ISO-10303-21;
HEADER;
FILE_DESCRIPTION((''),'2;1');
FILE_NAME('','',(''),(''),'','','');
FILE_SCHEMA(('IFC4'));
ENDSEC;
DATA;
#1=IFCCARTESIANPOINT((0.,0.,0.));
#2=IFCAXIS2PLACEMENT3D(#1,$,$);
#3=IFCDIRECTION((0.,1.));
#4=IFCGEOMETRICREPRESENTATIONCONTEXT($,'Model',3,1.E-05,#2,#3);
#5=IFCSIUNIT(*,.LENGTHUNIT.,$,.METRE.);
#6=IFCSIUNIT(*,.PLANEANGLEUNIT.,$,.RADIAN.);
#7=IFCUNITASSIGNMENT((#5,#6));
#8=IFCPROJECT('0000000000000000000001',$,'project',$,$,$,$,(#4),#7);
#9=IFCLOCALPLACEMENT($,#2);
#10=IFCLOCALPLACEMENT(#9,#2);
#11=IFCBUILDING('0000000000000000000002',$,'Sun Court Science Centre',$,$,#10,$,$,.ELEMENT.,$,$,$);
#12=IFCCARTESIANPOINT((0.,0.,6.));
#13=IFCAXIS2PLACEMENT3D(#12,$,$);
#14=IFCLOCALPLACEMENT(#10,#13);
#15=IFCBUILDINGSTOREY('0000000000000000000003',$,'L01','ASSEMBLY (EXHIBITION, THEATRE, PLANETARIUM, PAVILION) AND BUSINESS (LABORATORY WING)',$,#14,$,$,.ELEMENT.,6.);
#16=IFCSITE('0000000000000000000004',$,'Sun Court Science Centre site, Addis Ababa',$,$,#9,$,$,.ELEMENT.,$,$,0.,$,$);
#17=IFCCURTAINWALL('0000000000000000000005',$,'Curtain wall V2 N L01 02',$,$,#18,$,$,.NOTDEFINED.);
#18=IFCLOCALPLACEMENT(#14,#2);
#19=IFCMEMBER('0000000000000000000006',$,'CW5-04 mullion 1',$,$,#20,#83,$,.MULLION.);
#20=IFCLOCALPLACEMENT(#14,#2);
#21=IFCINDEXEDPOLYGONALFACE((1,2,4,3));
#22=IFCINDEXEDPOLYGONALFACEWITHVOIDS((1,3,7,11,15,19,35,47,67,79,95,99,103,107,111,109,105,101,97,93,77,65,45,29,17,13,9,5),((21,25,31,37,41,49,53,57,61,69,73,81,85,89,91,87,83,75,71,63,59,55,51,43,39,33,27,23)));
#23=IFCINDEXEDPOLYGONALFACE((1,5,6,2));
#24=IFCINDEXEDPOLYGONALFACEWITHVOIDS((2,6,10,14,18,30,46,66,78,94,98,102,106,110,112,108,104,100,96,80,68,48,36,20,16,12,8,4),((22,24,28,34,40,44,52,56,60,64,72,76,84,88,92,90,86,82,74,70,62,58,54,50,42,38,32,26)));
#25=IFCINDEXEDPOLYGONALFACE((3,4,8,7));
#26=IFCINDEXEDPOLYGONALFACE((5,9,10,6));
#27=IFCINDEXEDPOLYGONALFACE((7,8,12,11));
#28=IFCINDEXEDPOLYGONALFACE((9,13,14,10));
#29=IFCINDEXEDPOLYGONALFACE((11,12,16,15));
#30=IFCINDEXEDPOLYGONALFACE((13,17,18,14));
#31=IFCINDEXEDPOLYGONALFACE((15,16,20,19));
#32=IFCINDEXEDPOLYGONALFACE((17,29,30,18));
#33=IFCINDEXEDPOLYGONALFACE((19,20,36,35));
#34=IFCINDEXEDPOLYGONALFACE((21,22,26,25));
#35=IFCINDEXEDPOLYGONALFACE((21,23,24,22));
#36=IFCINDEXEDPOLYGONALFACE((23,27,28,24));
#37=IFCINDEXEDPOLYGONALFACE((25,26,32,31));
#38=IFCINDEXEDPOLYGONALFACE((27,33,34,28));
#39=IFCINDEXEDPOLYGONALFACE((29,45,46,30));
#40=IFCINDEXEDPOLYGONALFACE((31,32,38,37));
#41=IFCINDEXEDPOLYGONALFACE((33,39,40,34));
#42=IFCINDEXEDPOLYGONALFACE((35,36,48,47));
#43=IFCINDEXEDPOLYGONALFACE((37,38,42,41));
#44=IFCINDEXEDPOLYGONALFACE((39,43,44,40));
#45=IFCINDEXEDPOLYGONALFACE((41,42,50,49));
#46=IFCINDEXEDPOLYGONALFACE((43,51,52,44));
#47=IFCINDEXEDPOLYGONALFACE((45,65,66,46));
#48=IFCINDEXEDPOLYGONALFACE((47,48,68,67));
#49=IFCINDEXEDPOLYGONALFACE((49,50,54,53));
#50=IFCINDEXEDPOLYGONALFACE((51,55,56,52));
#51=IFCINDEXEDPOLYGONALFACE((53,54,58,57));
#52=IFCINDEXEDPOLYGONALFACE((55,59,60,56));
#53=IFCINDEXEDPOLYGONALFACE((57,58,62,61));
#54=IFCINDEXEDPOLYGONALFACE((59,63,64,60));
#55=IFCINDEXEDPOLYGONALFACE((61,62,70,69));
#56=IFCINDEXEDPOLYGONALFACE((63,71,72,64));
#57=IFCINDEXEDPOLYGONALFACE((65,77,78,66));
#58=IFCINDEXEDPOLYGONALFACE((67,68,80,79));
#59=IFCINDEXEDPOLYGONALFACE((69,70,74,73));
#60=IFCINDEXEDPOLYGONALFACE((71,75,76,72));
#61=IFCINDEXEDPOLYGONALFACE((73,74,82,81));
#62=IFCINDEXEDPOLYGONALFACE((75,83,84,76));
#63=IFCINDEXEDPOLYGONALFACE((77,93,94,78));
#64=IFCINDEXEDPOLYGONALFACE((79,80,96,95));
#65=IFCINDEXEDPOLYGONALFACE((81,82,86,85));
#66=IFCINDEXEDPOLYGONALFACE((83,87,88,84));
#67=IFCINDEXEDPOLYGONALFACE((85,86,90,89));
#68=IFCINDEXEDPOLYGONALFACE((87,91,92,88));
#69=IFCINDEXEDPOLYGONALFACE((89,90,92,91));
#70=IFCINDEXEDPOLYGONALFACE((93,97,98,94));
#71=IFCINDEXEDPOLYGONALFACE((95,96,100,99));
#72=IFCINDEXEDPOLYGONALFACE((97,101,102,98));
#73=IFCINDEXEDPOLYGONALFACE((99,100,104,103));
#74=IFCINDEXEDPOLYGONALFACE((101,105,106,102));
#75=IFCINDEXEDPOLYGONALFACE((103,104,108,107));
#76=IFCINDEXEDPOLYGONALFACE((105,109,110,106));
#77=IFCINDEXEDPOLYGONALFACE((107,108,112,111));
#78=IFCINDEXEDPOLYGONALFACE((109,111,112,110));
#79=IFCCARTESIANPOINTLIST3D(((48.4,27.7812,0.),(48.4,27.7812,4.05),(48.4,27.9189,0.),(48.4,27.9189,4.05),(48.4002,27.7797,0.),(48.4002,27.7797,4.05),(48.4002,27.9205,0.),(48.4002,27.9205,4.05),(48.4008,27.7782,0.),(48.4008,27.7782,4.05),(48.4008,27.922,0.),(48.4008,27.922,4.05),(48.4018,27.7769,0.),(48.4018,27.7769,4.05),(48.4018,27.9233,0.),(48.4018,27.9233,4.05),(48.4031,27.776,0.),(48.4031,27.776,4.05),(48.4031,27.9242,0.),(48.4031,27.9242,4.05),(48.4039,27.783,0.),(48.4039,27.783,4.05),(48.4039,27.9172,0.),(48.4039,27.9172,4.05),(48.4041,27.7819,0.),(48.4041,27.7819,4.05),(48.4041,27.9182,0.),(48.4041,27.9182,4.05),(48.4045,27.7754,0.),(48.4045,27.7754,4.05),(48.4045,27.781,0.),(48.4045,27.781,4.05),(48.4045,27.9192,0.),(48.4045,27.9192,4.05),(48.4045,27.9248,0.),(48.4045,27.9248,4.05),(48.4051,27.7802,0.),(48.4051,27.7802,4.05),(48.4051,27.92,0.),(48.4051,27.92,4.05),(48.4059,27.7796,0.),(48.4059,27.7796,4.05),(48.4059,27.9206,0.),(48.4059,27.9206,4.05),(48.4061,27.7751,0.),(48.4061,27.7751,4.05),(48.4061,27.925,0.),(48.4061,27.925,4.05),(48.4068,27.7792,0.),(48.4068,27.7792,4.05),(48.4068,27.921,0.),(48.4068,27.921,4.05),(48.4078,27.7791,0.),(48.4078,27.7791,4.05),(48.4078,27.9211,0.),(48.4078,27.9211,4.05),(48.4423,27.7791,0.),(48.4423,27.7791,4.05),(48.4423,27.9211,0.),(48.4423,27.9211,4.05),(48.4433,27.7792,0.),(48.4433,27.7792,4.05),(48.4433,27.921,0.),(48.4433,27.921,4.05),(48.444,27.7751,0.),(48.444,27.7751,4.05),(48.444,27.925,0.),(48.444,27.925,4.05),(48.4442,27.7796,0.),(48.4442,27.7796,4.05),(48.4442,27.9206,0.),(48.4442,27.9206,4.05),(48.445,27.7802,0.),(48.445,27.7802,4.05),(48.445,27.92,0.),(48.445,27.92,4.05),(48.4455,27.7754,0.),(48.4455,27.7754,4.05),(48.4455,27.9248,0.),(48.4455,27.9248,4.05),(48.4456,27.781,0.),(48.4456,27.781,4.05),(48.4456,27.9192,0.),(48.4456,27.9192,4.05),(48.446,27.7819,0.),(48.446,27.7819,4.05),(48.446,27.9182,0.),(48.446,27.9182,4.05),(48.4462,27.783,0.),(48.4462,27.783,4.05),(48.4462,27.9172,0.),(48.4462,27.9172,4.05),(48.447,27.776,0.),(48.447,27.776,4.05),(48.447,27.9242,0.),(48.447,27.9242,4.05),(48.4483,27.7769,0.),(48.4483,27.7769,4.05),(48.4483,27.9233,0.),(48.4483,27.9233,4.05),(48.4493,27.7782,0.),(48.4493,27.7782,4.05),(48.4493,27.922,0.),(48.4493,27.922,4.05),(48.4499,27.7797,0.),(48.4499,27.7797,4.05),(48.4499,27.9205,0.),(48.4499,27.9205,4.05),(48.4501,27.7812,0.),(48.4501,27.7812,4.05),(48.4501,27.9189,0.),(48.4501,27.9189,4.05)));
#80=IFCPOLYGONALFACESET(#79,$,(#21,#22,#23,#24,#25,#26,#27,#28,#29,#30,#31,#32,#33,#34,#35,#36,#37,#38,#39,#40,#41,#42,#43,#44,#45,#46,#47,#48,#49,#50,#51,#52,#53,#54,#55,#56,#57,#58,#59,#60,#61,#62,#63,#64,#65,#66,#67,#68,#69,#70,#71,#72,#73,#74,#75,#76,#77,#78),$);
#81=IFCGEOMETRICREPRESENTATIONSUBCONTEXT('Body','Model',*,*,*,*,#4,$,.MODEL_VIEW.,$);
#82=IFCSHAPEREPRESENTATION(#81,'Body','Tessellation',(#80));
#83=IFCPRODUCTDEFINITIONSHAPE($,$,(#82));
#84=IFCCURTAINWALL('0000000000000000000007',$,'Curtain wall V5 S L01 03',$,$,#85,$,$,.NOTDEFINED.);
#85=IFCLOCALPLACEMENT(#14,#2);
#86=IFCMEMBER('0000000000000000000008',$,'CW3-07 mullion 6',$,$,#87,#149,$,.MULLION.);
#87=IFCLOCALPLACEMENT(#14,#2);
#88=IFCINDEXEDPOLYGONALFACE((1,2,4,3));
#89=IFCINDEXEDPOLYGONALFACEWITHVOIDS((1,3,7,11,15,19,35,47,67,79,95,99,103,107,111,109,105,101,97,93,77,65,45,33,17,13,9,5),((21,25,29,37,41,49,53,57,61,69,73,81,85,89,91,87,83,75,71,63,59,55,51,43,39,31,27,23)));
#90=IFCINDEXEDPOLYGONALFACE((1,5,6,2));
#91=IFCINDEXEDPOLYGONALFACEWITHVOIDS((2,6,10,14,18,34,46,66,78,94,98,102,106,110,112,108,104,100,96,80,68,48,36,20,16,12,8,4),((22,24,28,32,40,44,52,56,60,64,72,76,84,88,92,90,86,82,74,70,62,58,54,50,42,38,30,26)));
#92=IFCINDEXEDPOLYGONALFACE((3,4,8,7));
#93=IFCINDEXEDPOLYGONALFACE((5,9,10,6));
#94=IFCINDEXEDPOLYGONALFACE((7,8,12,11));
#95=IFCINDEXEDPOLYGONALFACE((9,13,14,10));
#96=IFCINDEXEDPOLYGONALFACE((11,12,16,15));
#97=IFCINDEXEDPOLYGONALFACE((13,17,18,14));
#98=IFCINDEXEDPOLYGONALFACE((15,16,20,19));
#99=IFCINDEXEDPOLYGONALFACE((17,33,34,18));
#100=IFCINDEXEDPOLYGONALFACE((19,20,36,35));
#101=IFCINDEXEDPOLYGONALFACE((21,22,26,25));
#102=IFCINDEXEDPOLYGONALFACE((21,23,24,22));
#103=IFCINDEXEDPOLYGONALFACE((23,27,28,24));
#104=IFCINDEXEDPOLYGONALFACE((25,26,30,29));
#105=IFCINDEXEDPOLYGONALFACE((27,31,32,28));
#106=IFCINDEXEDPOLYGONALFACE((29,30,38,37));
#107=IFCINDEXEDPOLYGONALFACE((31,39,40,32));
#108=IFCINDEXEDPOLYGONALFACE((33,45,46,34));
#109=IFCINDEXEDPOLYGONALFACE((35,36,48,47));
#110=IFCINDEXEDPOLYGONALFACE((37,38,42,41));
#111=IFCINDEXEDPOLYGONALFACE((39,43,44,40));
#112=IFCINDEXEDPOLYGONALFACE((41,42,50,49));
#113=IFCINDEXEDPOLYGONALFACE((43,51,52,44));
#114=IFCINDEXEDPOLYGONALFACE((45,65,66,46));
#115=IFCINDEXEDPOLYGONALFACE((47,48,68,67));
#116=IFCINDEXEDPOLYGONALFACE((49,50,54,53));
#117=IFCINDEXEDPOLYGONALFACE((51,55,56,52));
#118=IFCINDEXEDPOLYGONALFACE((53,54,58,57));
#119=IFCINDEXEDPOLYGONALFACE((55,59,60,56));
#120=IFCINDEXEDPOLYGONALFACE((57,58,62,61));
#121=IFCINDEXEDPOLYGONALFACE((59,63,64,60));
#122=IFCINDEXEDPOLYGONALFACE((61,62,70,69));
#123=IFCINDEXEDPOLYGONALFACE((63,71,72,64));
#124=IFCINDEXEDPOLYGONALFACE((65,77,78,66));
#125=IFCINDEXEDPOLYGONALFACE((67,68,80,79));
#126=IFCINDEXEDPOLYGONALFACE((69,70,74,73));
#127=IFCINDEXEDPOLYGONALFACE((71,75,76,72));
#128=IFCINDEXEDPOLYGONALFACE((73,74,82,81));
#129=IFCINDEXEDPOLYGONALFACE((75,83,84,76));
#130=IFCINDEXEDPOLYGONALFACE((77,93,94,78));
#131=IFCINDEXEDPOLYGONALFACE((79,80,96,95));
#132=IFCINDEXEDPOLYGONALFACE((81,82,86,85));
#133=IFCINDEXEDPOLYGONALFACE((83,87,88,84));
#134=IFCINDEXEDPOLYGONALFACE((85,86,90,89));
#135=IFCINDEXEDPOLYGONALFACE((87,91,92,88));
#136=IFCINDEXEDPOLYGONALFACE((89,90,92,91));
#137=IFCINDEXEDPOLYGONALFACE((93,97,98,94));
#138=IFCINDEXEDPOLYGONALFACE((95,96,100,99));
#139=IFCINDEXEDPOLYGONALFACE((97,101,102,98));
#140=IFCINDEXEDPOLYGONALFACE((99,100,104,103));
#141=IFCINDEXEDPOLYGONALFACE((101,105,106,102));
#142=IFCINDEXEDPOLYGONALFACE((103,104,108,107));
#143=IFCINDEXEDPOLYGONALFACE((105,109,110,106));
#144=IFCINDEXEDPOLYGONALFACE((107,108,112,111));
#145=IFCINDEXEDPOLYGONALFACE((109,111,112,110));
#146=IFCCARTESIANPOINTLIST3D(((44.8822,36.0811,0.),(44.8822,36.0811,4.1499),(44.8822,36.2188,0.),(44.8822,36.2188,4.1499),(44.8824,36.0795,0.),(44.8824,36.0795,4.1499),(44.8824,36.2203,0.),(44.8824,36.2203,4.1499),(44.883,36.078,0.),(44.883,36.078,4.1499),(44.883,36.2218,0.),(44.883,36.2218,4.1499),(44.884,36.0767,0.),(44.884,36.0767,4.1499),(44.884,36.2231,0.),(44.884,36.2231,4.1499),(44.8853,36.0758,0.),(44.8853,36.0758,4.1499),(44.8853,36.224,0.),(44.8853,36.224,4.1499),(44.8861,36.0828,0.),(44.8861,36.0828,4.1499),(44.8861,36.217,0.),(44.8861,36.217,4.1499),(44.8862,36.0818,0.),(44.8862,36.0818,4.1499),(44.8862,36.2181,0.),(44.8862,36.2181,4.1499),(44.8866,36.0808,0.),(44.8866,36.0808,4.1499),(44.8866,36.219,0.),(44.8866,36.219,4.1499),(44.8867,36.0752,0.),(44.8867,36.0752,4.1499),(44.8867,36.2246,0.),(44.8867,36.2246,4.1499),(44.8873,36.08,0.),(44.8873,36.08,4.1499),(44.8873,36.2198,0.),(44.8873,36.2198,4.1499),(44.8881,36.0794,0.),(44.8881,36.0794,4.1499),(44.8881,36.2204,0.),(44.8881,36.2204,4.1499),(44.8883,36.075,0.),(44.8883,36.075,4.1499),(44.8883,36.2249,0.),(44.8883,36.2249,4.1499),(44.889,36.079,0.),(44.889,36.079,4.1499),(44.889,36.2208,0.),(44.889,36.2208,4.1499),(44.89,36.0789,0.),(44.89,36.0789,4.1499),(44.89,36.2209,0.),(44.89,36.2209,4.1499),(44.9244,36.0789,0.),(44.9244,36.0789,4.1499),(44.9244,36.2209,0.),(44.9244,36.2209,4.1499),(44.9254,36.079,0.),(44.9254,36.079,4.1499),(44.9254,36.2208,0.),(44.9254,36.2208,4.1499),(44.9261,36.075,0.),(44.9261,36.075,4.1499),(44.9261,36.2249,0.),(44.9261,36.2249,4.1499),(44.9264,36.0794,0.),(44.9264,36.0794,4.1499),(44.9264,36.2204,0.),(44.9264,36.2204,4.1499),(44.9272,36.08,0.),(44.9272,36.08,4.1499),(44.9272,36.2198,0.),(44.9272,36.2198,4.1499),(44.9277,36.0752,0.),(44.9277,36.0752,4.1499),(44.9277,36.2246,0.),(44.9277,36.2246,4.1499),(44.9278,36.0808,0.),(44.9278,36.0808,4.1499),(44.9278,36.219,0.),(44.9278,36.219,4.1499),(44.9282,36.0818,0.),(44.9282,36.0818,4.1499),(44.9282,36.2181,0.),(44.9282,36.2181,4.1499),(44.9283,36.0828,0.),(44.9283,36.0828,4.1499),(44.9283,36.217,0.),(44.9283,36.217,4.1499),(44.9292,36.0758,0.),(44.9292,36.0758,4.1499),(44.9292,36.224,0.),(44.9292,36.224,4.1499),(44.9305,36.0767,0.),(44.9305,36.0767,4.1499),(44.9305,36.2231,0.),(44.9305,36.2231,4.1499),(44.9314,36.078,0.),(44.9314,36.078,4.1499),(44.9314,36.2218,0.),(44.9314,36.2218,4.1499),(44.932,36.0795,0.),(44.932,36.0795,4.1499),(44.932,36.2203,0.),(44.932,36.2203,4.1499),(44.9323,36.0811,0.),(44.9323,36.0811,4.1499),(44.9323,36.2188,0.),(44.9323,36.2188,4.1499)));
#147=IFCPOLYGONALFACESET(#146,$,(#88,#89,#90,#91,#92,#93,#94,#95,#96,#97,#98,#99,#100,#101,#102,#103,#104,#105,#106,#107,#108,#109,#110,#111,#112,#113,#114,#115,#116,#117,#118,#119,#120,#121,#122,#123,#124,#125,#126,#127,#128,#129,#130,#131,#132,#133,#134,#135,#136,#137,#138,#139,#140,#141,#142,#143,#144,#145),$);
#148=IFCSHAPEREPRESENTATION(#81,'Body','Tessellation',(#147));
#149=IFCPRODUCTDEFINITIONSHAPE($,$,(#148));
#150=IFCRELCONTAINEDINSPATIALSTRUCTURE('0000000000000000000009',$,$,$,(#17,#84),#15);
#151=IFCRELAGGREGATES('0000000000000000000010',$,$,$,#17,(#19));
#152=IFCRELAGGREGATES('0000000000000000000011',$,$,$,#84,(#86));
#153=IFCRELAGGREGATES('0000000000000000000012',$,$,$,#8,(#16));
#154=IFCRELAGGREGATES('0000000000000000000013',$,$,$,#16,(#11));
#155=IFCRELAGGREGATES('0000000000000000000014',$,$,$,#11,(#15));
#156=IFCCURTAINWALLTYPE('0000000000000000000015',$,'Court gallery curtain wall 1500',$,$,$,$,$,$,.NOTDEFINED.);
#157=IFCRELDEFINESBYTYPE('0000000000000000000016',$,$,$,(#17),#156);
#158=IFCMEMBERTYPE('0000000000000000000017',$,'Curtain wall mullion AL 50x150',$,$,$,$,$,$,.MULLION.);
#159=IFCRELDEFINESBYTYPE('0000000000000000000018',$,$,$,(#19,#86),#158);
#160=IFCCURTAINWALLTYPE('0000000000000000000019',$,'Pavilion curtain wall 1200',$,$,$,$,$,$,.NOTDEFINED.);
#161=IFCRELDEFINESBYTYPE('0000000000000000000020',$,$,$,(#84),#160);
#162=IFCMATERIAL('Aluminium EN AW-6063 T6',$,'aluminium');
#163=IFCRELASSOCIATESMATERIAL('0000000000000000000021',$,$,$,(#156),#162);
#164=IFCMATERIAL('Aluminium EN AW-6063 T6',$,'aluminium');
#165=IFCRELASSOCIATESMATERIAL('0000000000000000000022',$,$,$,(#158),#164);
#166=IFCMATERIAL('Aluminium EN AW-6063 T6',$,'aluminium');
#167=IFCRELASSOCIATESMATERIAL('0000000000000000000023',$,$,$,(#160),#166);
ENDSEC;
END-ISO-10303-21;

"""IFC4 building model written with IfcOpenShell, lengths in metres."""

from ifc_helpers import new_model, si_unit, direction, frame, origin, origin_2d, place, context, subcontext, project, spatial, hollow_rectangle, extrude, material, material_profile, profile_set, type_object, element, aggregate, save


model = new_model("IFC4")

# Units and contexts
model_context = context("Model", 3, precision=1e-05, world=origin(), true_north=direction((0.0, 1.0)))
body_context = subcontext(model_context, "Body", "Model", "MODEL_VIEW")
ifc_project = project(units=[si_unit("LENGTHUNIT", "METRE"), si_unit("PLANEANGLEUNIT", "RADIAN")], contexts=[model_context])

# Site, building, storey
site_placement = place(None, origin())
site = spatial("IfcSite", under=ifc_project, at=site_placement, Name="Sun Court Science Centre site, Addis Ababa", CompositionType="ELEMENT", RefElevation=0.0)
building_placement = place(site_placement, origin())
building = spatial("IfcBuilding", under=site, at=building_placement, Name="Sun Court Science Centre", CompositionType="ELEMENT")
storey_placement = place(building_placement, frame((0.0, 0.0, 6.0)))
storey = spatial("IfcBuildingStorey", under=building, at=storey_placement, Name="L01", Description="ASSEMBLY (EXHIBITION, THEATRE, PLANETARIUM, PAVILION) AND BUSINESS (LABORATORY WING)", CompositionType="ELEMENT", Elevation=6.0)

# Curtain wall, member
ifc_material_1 = material(Name="Aluminium EN AW-6063 T6", Category="aluminium")
curtain_wall_type_1 = type_object("IfcCurtainWallType", Name="Court gallery curtain wall 1500", PredefinedType="NOTDEFINED", material=ifc_material_1)
curtain_wall_1_placement = place(storey_placement, origin())
curtain_wall_1 = element("IfcCurtainWall", 1, at=curtain_wall_1_placement, inside=storey, type_object=curtain_wall_type_1, Name="Curtain wall V2 N L01 02", PredefinedType="NOTDEFINED")
ifc_material_2 = material(Name="Aluminium EN AW-6063 T6", Category="aluminium")
ifc_material_profile_1 = material_profile(ifc_material_2, hollow_rectangle(XDim=0.05, YDim=0.1499, WallThickness=0.0039, InnerFilletRadius=0.0039, OuterFilletRadius=0.0061, at=origin_2d()), Name="AL 50x150x4")
ifc_profile_set_1 = profile_set([ifc_material_profile_1], Name="Aluminium EN AW-6063 T6")
member_type_1 = type_object("IfcMemberType", Name="Curtain wall mullion AL 50x150", PredefinedType="MULLION", material=ifc_profile_set_1)
member_1_placement = place(storey_placement, frame((48.425, 27.8501, 0.0), z_axis=(0.0, 0.0, 1.0), x_axis=(1.0, 0.0, 0.0)))
member_1 = element("IfcMember", 2, at=member_1_placement, type_object=member_type_1, Name="CW5-04 mullion 1", PredefinedType="MULLION", context=body_context, shape_type="SweptSolid", body=[
    extrude(hollow_rectangle(XDim=0.05, YDim=0.1499, WallThickness=0.0039, InnerFilletRadius=0.0039, OuterFilletRadius=0.0061, at=origin_2d()), origin(), (0.0, 0.0, 1.0), 4.05),
])

# Curtain wall, member
ifc_material_3 = material(Name="Aluminium EN AW-6063 T6", Category="aluminium")
curtain_wall_type_2 = type_object("IfcCurtainWallType", Name="Pavilion curtain wall 1200", PredefinedType="NOTDEFINED", material=ifc_material_3)
curtain_wall_2_placement = place(storey_placement, origin())
curtain_wall_2 = element("IfcCurtainWall", 3, at=curtain_wall_2_placement, inside=storey, type_object=curtain_wall_type_2, Name="Curtain wall V5 S L01 03", PredefinedType="NOTDEFINED")
member_2_placement = place(storey_placement, frame((44.9072, 36.1499, 0.0), z_axis=(0.0, 0.0, 1.0), x_axis=(-1.0, 0.0, 0.0)))
member_2 = element("IfcMember", 4, at=member_2_placement, type_object=member_type_1, Name="CW3-07 mullion 6", PredefinedType="MULLION", context=body_context, shape_type="SweptSolid", body=[
    extrude(hollow_rectangle(XDim=0.05, YDim=0.1499, WallThickness=0.0039, InnerFilletRadius=0.0039, OuterFilletRadius=0.0061, at=origin_2d()), origin(), (0.0, 0.0, 1.0), 4.1499),
])

aggregate(curtain_wall_1, [member_1])

aggregate(curtain_wall_2, [member_2])

save(model, "model.ifc")
